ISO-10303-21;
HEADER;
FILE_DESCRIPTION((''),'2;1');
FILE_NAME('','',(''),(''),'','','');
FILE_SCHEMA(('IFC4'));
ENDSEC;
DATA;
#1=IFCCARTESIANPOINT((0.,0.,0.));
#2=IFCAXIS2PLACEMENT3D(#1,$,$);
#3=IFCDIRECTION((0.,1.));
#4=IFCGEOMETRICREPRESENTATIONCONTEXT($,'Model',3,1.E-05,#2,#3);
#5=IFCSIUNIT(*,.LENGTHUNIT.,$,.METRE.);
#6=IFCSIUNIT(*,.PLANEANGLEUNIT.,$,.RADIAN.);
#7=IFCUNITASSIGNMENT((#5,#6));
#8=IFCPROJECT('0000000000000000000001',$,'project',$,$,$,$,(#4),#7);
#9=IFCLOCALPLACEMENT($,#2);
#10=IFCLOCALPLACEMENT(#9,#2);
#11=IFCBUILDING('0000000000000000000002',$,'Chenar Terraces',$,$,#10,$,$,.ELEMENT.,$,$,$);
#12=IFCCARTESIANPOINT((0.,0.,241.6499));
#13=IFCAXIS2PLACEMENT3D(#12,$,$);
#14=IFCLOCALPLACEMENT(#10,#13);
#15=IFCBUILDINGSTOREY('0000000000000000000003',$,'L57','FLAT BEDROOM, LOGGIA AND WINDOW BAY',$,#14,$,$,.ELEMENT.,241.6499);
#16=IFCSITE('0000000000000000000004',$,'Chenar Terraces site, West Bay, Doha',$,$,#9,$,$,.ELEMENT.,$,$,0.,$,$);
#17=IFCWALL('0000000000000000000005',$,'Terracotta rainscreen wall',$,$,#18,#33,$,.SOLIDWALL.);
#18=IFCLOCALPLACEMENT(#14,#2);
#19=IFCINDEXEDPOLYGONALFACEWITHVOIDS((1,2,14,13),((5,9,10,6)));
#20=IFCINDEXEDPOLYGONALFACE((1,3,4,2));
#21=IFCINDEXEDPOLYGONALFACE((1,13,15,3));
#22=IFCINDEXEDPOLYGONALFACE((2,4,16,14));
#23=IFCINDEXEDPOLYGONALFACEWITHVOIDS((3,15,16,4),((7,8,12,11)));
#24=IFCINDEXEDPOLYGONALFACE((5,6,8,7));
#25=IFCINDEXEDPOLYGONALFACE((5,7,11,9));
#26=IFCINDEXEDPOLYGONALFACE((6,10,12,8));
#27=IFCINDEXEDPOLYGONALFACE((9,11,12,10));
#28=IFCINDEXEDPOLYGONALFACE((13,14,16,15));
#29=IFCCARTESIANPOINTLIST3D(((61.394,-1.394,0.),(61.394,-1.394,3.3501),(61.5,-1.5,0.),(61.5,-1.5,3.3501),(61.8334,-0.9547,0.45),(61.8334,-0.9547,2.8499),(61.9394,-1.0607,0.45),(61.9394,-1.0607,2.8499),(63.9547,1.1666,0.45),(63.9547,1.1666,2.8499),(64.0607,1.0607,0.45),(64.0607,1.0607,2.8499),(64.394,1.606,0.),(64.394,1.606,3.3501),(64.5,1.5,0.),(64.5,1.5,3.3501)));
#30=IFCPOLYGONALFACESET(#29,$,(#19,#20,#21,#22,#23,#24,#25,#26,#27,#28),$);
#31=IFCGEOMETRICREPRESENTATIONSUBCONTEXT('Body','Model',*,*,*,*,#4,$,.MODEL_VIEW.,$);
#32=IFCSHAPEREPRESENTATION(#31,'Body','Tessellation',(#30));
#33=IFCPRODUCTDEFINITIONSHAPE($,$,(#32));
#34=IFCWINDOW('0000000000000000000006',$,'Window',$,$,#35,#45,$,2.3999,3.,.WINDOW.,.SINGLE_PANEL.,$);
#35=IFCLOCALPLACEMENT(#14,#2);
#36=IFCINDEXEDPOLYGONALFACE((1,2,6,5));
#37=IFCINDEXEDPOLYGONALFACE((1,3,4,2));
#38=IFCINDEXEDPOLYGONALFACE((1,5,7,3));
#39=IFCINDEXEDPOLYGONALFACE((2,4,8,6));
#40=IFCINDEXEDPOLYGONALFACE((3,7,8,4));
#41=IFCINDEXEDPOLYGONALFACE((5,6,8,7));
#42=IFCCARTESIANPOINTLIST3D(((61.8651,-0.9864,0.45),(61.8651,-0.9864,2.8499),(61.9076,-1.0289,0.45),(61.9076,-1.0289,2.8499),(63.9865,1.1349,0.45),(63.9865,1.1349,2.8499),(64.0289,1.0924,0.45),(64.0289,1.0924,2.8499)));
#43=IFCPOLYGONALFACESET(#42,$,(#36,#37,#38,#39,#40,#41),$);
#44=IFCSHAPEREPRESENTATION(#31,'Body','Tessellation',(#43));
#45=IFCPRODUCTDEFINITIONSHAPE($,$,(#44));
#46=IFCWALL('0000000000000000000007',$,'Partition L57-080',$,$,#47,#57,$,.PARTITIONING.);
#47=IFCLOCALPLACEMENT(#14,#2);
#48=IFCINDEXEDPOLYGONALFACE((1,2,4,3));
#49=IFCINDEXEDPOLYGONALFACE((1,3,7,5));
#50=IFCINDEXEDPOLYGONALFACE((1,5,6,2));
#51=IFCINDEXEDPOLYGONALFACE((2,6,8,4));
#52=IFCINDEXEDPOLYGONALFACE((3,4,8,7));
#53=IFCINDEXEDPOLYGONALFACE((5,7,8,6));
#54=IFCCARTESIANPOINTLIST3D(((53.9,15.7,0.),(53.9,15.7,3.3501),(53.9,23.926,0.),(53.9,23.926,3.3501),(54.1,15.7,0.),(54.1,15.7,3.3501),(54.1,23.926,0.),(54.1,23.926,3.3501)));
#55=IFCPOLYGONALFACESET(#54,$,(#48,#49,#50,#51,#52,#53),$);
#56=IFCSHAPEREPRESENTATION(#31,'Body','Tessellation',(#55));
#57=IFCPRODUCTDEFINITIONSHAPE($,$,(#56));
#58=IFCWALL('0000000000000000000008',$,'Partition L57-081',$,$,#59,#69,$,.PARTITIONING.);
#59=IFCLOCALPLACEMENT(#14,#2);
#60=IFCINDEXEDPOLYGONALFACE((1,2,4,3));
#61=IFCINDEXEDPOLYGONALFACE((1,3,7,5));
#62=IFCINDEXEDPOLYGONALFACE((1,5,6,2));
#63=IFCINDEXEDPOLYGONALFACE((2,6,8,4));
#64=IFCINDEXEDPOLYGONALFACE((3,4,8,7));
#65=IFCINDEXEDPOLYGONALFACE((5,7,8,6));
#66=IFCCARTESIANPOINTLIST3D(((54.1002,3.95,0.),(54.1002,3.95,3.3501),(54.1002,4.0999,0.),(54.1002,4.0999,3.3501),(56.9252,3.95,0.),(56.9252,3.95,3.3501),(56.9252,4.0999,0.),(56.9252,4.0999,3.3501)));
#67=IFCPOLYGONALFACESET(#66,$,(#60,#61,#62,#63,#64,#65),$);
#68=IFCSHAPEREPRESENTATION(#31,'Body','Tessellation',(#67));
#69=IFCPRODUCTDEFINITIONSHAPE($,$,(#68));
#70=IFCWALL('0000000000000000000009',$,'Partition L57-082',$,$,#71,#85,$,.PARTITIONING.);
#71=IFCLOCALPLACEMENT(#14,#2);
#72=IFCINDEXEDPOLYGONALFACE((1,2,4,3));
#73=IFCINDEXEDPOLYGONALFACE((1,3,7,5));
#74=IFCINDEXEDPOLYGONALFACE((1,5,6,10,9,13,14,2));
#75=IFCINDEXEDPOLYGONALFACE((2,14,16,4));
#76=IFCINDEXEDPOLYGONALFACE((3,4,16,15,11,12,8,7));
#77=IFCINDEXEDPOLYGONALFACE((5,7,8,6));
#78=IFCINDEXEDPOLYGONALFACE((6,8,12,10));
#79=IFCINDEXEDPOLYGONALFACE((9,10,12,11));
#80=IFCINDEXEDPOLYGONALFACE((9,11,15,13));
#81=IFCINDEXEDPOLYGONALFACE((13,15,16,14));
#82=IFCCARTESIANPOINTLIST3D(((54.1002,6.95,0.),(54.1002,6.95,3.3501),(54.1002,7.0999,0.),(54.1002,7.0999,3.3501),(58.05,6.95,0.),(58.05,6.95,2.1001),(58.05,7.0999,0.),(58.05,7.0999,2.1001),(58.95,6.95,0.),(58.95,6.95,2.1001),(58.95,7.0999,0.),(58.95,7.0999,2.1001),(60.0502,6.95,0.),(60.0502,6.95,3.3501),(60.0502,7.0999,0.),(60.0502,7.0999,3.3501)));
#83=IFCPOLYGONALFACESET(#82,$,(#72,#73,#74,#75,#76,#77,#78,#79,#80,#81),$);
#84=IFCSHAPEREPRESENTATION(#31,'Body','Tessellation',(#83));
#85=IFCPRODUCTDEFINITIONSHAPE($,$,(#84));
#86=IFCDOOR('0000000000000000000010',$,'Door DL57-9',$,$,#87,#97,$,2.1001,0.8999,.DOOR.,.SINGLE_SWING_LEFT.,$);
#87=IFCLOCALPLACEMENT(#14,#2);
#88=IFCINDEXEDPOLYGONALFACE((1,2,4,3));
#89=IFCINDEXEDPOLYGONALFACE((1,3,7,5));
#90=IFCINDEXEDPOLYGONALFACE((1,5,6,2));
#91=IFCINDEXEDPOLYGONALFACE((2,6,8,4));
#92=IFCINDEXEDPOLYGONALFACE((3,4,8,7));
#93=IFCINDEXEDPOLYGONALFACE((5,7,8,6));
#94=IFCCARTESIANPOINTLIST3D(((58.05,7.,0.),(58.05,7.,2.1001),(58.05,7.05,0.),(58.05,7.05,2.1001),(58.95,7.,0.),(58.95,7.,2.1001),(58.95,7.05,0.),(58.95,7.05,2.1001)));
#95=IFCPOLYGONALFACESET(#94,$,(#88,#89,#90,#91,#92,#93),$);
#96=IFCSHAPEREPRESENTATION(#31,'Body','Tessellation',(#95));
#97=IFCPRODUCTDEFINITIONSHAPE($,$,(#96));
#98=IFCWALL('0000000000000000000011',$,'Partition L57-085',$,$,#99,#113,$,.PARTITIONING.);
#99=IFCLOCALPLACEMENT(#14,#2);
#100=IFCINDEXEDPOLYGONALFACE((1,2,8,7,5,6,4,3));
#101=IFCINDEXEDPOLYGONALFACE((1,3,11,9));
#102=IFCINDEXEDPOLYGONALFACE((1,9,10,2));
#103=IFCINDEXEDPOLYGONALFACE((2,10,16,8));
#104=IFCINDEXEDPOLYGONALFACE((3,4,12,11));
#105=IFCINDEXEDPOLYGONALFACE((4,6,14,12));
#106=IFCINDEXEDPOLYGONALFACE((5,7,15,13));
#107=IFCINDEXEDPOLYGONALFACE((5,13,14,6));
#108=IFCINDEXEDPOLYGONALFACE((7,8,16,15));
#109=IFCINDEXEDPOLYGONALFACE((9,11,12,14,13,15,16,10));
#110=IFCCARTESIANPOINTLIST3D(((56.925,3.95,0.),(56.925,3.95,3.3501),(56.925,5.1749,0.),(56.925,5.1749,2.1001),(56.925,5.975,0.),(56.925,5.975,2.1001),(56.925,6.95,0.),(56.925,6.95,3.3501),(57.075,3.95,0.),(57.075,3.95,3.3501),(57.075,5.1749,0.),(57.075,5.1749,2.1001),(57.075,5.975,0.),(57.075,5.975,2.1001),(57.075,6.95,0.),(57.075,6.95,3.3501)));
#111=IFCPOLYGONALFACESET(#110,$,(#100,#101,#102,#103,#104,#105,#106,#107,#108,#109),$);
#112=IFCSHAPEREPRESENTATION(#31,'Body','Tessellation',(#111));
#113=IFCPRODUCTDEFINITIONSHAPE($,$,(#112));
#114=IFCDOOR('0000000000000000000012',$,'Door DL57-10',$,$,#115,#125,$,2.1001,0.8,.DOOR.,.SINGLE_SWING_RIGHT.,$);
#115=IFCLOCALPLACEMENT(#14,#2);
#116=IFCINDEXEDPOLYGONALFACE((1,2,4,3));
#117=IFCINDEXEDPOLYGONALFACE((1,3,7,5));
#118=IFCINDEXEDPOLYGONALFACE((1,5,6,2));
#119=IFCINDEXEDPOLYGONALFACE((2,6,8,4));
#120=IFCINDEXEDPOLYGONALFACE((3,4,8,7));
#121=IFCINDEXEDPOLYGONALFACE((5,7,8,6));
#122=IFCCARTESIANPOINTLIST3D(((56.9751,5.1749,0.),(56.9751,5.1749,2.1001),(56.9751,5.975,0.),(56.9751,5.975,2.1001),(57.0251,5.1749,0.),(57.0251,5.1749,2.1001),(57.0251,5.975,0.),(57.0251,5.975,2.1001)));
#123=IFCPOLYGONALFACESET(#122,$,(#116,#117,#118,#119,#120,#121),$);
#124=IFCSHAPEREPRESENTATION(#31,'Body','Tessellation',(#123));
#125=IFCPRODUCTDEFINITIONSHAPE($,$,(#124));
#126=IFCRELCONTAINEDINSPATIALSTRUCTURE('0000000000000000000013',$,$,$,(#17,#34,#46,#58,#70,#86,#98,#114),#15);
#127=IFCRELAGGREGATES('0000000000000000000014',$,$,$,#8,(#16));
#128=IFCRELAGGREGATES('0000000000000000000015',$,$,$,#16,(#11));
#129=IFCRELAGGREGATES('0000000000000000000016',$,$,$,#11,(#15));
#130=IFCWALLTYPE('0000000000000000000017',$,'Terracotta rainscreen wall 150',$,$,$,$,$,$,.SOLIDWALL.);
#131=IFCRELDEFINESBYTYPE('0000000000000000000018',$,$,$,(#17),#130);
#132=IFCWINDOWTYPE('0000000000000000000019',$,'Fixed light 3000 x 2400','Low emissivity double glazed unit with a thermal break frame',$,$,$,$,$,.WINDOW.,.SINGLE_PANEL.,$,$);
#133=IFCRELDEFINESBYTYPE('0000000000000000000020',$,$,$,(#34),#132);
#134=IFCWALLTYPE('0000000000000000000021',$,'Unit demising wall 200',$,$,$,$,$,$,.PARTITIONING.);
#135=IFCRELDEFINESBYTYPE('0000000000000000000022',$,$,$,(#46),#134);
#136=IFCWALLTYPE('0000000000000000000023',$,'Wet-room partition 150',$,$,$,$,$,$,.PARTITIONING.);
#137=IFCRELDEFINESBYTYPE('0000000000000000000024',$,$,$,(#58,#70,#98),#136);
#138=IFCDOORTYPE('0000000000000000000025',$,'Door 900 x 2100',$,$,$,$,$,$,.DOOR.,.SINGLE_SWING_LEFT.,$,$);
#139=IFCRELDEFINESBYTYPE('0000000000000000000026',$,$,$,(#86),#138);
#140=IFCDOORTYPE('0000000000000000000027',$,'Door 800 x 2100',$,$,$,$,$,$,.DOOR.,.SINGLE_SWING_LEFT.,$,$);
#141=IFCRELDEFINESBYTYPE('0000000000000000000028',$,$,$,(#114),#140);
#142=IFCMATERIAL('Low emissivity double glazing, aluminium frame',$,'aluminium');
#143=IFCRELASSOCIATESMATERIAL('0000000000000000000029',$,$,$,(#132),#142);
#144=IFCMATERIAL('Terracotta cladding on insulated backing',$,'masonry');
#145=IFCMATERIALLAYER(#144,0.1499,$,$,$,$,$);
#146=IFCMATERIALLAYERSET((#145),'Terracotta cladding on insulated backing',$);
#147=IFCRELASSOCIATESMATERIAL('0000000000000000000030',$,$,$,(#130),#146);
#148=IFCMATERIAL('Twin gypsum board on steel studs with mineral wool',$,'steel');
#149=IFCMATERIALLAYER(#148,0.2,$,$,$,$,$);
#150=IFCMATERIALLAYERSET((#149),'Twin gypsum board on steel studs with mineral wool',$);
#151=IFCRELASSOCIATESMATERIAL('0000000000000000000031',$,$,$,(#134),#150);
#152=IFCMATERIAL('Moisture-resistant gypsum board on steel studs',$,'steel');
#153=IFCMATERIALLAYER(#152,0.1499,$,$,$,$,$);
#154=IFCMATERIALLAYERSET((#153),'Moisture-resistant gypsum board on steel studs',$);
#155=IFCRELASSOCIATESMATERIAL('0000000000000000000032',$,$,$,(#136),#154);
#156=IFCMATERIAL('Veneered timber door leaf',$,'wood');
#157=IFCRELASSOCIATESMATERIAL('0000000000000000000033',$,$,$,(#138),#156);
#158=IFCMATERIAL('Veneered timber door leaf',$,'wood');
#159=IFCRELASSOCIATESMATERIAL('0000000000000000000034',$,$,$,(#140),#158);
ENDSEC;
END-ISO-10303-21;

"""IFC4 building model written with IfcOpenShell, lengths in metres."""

from ifc_helpers import new_model, si_unit, direction, frame, frame_2d, origin, place, context, subcontext, project, spatial, rectangle, extrude, material, layer, layer_set, type_object, element, fill, save


model = new_model("IFC4")

# Units and contexts
model_context = context("Model", 3, precision=1e-05, world=origin(), true_north=direction((0.0, 1.0)))
body_context = subcontext(model_context, "Body", "Model", "MODEL_VIEW")
ifc_project = project(units=[si_unit("LENGTHUNIT", "METRE"), si_unit("PLANEANGLEUNIT", "RADIAN")], contexts=[model_context])

# Site, building, storey
site_placement = place(None, origin())
site = spatial("IfcSite", under=ifc_project, at=site_placement, Name="Chenar Terraces site, West Bay, Doha", CompositionType="ELEMENT", RefElevation=0.0)
building_placement = place(site_placement, origin())
building = spatial("IfcBuilding", under=site, at=building_placement, Name="Chenar Terraces", CompositionType="ELEMENT")
storey_placement = place(building_placement, frame((0.0, 0.0, 241.6499)))
storey = spatial("IfcBuildingStorey", under=building, at=storey_placement, Name="L57", Description="FLAT BEDROOM, LOGGIA AND WINDOW BAY", CompositionType="ELEMENT", Elevation=241.6499)

# Shared definitions
ifc_material_1 = material(Name="Low emissivity double glazing, aluminium frame", Category="aluminium")
window_type_1 = type_object("IfcWindowType", Name="Fixed light 3000 x 2400", Description="Low emissivity double glazed unit with a thermal break frame", PartitioningType="SINGLE_PANEL", PredefinedType="WINDOW", material=ifc_material_1)

# Wall, opening, window
ifc_material_2 = material(Name="Terracotta cladding on insulated backing", Category="masonry")
ifc_layer_1 = layer(ifc_material_2, 0.1499)
ifc_layer_set_1 = layer_set([ifc_layer_1], Name="Terracotta cladding on insulated backing")
wall_type_1 = type_object("IfcWallType", Name="Terracotta rainscreen wall 150", PredefinedType="SOLIDWALL", material=ifc_layer_set_1)
wall_1_placement = place(storey_placement, frame((61.447, -1.447, 0.0), z_axis=(0.0, 0.0, 1.0), x_axis=(0.707107, 0.707107, 0.0)))
wall_1 = element("IfcWall", 1, at=wall_1_placement, inside=storey, type_object=wall_type_1, Name="Terracotta rainscreen wall", PredefinedType="SOLIDWALL", context=body_context, shape_type="SweptSolid", body=[
    extrude(rectangle(XDim=4.2427, YDim=0.1499, at=frame_2d((2.1213, 0.0))), origin(), (0.0, 0.0, 1.0), 3.3501),
])
opening_1_placement = place(wall_1_placement, frame((0.6213, 0.0, 0.45)))
opening_1 = element("IfcOpeningElement", 2, at=opening_1_placement, cuts=wall_1, PredefinedType="OPENING", context=body_context, shape_type="SweptSolid", body=[
    extrude(rectangle(XDim=3.0, YDim=2.3999, at=frame_2d((1.5, 1.2))), frame((0.0, 0.085, 0.0), z_axis=(0.0, -1.0, 0.0), x_axis=(1.0, 0.0, 0.0)), (0.0, 0.0, 1.0), 0.1699),
])
window_1_placement = place(opening_1_placement, origin())
window_1 = element("IfcWindow", 3, at=window_1_placement, inside=storey, type_object=window_type_1, Name="Window", OverallHeight=2.3999, OverallWidth=3.0, PartitioningType="SINGLE_PANEL", PredefinedType="WINDOW", context=body_context, shape_type="SweptSolid", body=[
    extrude(rectangle(XDim=3.0, YDim=2.3999, at=frame_2d((1.5, 1.2))), frame((0.0, 0.03, 0.0), z_axis=(0.0, -1.0, 0.0), x_axis=(1.0, 0.0, 0.0)), (0.0, 0.0, 1.0), 0.0601),
])
fill(opening_1, window_1)

# Walls
ifc_material_3 = material(Name="Twin gypsum board on steel studs with mineral wool", Category="steel")
ifc_layer_2 = layer(ifc_material_3, 0.2)
ifc_layer_set_2 = layer_set([ifc_layer_2], Name="Twin gypsum board on steel studs with mineral wool")
wall_type_2 = type_object("IfcWallType", Name="Unit demising wall 200", PredefinedType="PARTITIONING", material=ifc_layer_set_2)
wall_2_placement = place(storey_placement, frame((54.0, 15.7, 0.0), z_axis=(0.0, 0.0, 1.0), x_axis=(0.0, 1.0, 0.0)))
element("IfcWall", 4, at=wall_2_placement, inside=storey, type_object=wall_type_2, Name="Partition L57-080", PredefinedType="PARTITIONING", context=body_context, shape_type="SweptSolid", body=[
    extrude(rectangle(XDim=8.2261, YDim=0.2, at=frame_2d((4.113, 0.0))), origin(), (0.0, 0.0, 1.0), 3.3501),
])
ifc_material_4 = material(Name="Moisture-resistant gypsum board on steel studs", Category="steel")
ifc_layer_3 = layer(ifc_material_4, 0.1499)
ifc_layer_set_3 = layer_set([ifc_layer_3], Name="Moisture-resistant gypsum board on steel studs")
wall_type_3 = type_object("IfcWallType", Name="Wet-room partition 150", PredefinedType="PARTITIONING", material=ifc_layer_set_3)
wall_3_placement = place(storey_placement, frame((54.1001, 4.0249, 0.0), z_axis=(0.0, 0.0, 1.0), x_axis=(1.0, 0.0, 0.0)))
element("IfcWall", 5, at=wall_3_placement, inside=storey, type_object=wall_type_3, Name="Partition L57-081", PredefinedType="PARTITIONING", context=body_context, shape_type="SweptSolid", body=[
    extrude(rectangle(XDim=2.825, YDim=0.1499, at=frame_2d((1.4126, 0.0))), origin(), (0.0, 0.0, 1.0), 3.3501),
])

# Walls, openings, doors
wall_4_placement = place(storey_placement, frame((54.1001, 7.0249, 0.0), z_axis=(0.0, 0.0, 1.0), x_axis=(1.0, 0.0, 0.0)))
wall_4 = element("IfcWall", 6, at=wall_4_placement, inside=storey, type_object=wall_type_3, Name="Partition L57-082", PredefinedType="PARTITIONING", context=body_context, shape_type="SweptSolid", body=[
    extrude(rectangle(XDim=5.95, YDim=0.1499, at=frame_2d((2.9751, 0.0))), origin(), (0.0, 0.0, 1.0), 3.3501),
])
opening_2_placement = place(wall_4_placement, frame((3.95, 0.0, 0.0)))
opening_2 = element("IfcOpeningElement", 7, at=opening_2_placement, cuts=wall_4, PredefinedType="OPENING", context=body_context, shape_type="SweptSolid", body=[
    extrude(rectangle(XDim=0.8999, YDim=2.1001, at=frame_2d((0.45, 1.05))), frame((0.0, 0.085, 0.0), z_axis=(0.0, -1.0, 0.0), x_axis=(1.0, 0.0, 0.0)), (0.0, 0.0, 1.0), 0.1699),
])
ifc_material_5 = material(Name="Veneered timber door leaf", Category="wood")
door_type_1 = type_object("IfcDoorType", Name="Door 900 x 2100", OperationType="SINGLE_SWING_LEFT", PredefinedType="DOOR", material=ifc_material_5)
door_1_placement = place(opening_2_placement, frame((0.8999, 0.0, 0.0), z_axis=(0.0, 0.0, 1.0), x_axis=(-1.0, 0.0, 0.0)))
door_1 = element("IfcDoor", 8, at=door_1_placement, inside=storey, type_object=door_type_1, Name="Door DL57-9", OperationType="SINGLE_SWING_LEFT", OverallHeight=2.1001, OverallWidth=0.8999, PredefinedType="DOOR", context=body_context, shape_type="SweptSolid", body=[
    extrude(rectangle(XDim=0.8999, YDim=2.1001, at=frame_2d((0.45, 1.05))), frame((0.0, 0.0249, 0.0), z_axis=(0.0, -1.0, 0.0), x_axis=(1.0, 0.0, 0.0)), (0.0, 0.0, 1.0), 0.05),
])
fill(opening_2, door_1)
wall_5_placement = place(storey_placement, frame((57.0, 3.95, 0.0), z_axis=(0.0, 0.0, 1.0), x_axis=(0.0, 1.0, 0.0)))
wall_5 = element("IfcWall", 9, at=wall_5_placement, inside=storey, type_object=wall_type_3, Name="Partition L57-085", PredefinedType="PARTITIONING", context=body_context, shape_type="SweptSolid", body=[
    extrude(rectangle(XDim=3.0, YDim=0.1499, at=frame_2d((1.5, 0.0))), origin(), (0.0, 0.0, 1.0), 3.3501),
])
opening_3_placement = place(wall_5_placement, frame((1.2251, 0.0, 0.0)))
opening_3 = element("IfcOpeningElement", 10, at=opening_3_placement, cuts=wall_5, PredefinedType="OPENING", context=body_context, shape_type="SweptSolid", body=[
    extrude(rectangle(XDim=0.8, YDim=2.1001, at=frame_2d((0.3999, 1.05))), frame((0.0, 0.085, 0.0), z_axis=(0.0, -1.0, 0.0), x_axis=(1.0, 0.0, 0.0)), (0.0, 0.0, 1.0), 0.1699),
])
ifc_material_6 = material(Name="Veneered timber door leaf", Category="wood")
door_type_2 = type_object("IfcDoorType", Name="Door 800 x 2100", OperationType="SINGLE_SWING_LEFT", PredefinedType="DOOR", material=ifc_material_6)
door_2_placement = place(opening_3_placement, origin())
door_2 = element("IfcDoor", 11, at=door_2_placement, inside=storey, type_object=door_type_2, Name="Door DL57-10", OperationType="SINGLE_SWING_RIGHT", OverallHeight=2.1001, OverallWidth=0.8, PredefinedType="DOOR", context=body_context, shape_type="SweptSolid", body=[
    extrude(rectangle(XDim=0.8, YDim=2.1001, at=frame_2d((0.3999, 1.05))), frame((0.0, 0.0249, 0.0), z_axis=(0.0, -1.0, 0.0), x_axis=(1.0, 0.0, 0.0)), (0.0, 0.0, 1.0), 0.05),
])
fill(opening_3, door_2)

save(model, "model.ifc")
